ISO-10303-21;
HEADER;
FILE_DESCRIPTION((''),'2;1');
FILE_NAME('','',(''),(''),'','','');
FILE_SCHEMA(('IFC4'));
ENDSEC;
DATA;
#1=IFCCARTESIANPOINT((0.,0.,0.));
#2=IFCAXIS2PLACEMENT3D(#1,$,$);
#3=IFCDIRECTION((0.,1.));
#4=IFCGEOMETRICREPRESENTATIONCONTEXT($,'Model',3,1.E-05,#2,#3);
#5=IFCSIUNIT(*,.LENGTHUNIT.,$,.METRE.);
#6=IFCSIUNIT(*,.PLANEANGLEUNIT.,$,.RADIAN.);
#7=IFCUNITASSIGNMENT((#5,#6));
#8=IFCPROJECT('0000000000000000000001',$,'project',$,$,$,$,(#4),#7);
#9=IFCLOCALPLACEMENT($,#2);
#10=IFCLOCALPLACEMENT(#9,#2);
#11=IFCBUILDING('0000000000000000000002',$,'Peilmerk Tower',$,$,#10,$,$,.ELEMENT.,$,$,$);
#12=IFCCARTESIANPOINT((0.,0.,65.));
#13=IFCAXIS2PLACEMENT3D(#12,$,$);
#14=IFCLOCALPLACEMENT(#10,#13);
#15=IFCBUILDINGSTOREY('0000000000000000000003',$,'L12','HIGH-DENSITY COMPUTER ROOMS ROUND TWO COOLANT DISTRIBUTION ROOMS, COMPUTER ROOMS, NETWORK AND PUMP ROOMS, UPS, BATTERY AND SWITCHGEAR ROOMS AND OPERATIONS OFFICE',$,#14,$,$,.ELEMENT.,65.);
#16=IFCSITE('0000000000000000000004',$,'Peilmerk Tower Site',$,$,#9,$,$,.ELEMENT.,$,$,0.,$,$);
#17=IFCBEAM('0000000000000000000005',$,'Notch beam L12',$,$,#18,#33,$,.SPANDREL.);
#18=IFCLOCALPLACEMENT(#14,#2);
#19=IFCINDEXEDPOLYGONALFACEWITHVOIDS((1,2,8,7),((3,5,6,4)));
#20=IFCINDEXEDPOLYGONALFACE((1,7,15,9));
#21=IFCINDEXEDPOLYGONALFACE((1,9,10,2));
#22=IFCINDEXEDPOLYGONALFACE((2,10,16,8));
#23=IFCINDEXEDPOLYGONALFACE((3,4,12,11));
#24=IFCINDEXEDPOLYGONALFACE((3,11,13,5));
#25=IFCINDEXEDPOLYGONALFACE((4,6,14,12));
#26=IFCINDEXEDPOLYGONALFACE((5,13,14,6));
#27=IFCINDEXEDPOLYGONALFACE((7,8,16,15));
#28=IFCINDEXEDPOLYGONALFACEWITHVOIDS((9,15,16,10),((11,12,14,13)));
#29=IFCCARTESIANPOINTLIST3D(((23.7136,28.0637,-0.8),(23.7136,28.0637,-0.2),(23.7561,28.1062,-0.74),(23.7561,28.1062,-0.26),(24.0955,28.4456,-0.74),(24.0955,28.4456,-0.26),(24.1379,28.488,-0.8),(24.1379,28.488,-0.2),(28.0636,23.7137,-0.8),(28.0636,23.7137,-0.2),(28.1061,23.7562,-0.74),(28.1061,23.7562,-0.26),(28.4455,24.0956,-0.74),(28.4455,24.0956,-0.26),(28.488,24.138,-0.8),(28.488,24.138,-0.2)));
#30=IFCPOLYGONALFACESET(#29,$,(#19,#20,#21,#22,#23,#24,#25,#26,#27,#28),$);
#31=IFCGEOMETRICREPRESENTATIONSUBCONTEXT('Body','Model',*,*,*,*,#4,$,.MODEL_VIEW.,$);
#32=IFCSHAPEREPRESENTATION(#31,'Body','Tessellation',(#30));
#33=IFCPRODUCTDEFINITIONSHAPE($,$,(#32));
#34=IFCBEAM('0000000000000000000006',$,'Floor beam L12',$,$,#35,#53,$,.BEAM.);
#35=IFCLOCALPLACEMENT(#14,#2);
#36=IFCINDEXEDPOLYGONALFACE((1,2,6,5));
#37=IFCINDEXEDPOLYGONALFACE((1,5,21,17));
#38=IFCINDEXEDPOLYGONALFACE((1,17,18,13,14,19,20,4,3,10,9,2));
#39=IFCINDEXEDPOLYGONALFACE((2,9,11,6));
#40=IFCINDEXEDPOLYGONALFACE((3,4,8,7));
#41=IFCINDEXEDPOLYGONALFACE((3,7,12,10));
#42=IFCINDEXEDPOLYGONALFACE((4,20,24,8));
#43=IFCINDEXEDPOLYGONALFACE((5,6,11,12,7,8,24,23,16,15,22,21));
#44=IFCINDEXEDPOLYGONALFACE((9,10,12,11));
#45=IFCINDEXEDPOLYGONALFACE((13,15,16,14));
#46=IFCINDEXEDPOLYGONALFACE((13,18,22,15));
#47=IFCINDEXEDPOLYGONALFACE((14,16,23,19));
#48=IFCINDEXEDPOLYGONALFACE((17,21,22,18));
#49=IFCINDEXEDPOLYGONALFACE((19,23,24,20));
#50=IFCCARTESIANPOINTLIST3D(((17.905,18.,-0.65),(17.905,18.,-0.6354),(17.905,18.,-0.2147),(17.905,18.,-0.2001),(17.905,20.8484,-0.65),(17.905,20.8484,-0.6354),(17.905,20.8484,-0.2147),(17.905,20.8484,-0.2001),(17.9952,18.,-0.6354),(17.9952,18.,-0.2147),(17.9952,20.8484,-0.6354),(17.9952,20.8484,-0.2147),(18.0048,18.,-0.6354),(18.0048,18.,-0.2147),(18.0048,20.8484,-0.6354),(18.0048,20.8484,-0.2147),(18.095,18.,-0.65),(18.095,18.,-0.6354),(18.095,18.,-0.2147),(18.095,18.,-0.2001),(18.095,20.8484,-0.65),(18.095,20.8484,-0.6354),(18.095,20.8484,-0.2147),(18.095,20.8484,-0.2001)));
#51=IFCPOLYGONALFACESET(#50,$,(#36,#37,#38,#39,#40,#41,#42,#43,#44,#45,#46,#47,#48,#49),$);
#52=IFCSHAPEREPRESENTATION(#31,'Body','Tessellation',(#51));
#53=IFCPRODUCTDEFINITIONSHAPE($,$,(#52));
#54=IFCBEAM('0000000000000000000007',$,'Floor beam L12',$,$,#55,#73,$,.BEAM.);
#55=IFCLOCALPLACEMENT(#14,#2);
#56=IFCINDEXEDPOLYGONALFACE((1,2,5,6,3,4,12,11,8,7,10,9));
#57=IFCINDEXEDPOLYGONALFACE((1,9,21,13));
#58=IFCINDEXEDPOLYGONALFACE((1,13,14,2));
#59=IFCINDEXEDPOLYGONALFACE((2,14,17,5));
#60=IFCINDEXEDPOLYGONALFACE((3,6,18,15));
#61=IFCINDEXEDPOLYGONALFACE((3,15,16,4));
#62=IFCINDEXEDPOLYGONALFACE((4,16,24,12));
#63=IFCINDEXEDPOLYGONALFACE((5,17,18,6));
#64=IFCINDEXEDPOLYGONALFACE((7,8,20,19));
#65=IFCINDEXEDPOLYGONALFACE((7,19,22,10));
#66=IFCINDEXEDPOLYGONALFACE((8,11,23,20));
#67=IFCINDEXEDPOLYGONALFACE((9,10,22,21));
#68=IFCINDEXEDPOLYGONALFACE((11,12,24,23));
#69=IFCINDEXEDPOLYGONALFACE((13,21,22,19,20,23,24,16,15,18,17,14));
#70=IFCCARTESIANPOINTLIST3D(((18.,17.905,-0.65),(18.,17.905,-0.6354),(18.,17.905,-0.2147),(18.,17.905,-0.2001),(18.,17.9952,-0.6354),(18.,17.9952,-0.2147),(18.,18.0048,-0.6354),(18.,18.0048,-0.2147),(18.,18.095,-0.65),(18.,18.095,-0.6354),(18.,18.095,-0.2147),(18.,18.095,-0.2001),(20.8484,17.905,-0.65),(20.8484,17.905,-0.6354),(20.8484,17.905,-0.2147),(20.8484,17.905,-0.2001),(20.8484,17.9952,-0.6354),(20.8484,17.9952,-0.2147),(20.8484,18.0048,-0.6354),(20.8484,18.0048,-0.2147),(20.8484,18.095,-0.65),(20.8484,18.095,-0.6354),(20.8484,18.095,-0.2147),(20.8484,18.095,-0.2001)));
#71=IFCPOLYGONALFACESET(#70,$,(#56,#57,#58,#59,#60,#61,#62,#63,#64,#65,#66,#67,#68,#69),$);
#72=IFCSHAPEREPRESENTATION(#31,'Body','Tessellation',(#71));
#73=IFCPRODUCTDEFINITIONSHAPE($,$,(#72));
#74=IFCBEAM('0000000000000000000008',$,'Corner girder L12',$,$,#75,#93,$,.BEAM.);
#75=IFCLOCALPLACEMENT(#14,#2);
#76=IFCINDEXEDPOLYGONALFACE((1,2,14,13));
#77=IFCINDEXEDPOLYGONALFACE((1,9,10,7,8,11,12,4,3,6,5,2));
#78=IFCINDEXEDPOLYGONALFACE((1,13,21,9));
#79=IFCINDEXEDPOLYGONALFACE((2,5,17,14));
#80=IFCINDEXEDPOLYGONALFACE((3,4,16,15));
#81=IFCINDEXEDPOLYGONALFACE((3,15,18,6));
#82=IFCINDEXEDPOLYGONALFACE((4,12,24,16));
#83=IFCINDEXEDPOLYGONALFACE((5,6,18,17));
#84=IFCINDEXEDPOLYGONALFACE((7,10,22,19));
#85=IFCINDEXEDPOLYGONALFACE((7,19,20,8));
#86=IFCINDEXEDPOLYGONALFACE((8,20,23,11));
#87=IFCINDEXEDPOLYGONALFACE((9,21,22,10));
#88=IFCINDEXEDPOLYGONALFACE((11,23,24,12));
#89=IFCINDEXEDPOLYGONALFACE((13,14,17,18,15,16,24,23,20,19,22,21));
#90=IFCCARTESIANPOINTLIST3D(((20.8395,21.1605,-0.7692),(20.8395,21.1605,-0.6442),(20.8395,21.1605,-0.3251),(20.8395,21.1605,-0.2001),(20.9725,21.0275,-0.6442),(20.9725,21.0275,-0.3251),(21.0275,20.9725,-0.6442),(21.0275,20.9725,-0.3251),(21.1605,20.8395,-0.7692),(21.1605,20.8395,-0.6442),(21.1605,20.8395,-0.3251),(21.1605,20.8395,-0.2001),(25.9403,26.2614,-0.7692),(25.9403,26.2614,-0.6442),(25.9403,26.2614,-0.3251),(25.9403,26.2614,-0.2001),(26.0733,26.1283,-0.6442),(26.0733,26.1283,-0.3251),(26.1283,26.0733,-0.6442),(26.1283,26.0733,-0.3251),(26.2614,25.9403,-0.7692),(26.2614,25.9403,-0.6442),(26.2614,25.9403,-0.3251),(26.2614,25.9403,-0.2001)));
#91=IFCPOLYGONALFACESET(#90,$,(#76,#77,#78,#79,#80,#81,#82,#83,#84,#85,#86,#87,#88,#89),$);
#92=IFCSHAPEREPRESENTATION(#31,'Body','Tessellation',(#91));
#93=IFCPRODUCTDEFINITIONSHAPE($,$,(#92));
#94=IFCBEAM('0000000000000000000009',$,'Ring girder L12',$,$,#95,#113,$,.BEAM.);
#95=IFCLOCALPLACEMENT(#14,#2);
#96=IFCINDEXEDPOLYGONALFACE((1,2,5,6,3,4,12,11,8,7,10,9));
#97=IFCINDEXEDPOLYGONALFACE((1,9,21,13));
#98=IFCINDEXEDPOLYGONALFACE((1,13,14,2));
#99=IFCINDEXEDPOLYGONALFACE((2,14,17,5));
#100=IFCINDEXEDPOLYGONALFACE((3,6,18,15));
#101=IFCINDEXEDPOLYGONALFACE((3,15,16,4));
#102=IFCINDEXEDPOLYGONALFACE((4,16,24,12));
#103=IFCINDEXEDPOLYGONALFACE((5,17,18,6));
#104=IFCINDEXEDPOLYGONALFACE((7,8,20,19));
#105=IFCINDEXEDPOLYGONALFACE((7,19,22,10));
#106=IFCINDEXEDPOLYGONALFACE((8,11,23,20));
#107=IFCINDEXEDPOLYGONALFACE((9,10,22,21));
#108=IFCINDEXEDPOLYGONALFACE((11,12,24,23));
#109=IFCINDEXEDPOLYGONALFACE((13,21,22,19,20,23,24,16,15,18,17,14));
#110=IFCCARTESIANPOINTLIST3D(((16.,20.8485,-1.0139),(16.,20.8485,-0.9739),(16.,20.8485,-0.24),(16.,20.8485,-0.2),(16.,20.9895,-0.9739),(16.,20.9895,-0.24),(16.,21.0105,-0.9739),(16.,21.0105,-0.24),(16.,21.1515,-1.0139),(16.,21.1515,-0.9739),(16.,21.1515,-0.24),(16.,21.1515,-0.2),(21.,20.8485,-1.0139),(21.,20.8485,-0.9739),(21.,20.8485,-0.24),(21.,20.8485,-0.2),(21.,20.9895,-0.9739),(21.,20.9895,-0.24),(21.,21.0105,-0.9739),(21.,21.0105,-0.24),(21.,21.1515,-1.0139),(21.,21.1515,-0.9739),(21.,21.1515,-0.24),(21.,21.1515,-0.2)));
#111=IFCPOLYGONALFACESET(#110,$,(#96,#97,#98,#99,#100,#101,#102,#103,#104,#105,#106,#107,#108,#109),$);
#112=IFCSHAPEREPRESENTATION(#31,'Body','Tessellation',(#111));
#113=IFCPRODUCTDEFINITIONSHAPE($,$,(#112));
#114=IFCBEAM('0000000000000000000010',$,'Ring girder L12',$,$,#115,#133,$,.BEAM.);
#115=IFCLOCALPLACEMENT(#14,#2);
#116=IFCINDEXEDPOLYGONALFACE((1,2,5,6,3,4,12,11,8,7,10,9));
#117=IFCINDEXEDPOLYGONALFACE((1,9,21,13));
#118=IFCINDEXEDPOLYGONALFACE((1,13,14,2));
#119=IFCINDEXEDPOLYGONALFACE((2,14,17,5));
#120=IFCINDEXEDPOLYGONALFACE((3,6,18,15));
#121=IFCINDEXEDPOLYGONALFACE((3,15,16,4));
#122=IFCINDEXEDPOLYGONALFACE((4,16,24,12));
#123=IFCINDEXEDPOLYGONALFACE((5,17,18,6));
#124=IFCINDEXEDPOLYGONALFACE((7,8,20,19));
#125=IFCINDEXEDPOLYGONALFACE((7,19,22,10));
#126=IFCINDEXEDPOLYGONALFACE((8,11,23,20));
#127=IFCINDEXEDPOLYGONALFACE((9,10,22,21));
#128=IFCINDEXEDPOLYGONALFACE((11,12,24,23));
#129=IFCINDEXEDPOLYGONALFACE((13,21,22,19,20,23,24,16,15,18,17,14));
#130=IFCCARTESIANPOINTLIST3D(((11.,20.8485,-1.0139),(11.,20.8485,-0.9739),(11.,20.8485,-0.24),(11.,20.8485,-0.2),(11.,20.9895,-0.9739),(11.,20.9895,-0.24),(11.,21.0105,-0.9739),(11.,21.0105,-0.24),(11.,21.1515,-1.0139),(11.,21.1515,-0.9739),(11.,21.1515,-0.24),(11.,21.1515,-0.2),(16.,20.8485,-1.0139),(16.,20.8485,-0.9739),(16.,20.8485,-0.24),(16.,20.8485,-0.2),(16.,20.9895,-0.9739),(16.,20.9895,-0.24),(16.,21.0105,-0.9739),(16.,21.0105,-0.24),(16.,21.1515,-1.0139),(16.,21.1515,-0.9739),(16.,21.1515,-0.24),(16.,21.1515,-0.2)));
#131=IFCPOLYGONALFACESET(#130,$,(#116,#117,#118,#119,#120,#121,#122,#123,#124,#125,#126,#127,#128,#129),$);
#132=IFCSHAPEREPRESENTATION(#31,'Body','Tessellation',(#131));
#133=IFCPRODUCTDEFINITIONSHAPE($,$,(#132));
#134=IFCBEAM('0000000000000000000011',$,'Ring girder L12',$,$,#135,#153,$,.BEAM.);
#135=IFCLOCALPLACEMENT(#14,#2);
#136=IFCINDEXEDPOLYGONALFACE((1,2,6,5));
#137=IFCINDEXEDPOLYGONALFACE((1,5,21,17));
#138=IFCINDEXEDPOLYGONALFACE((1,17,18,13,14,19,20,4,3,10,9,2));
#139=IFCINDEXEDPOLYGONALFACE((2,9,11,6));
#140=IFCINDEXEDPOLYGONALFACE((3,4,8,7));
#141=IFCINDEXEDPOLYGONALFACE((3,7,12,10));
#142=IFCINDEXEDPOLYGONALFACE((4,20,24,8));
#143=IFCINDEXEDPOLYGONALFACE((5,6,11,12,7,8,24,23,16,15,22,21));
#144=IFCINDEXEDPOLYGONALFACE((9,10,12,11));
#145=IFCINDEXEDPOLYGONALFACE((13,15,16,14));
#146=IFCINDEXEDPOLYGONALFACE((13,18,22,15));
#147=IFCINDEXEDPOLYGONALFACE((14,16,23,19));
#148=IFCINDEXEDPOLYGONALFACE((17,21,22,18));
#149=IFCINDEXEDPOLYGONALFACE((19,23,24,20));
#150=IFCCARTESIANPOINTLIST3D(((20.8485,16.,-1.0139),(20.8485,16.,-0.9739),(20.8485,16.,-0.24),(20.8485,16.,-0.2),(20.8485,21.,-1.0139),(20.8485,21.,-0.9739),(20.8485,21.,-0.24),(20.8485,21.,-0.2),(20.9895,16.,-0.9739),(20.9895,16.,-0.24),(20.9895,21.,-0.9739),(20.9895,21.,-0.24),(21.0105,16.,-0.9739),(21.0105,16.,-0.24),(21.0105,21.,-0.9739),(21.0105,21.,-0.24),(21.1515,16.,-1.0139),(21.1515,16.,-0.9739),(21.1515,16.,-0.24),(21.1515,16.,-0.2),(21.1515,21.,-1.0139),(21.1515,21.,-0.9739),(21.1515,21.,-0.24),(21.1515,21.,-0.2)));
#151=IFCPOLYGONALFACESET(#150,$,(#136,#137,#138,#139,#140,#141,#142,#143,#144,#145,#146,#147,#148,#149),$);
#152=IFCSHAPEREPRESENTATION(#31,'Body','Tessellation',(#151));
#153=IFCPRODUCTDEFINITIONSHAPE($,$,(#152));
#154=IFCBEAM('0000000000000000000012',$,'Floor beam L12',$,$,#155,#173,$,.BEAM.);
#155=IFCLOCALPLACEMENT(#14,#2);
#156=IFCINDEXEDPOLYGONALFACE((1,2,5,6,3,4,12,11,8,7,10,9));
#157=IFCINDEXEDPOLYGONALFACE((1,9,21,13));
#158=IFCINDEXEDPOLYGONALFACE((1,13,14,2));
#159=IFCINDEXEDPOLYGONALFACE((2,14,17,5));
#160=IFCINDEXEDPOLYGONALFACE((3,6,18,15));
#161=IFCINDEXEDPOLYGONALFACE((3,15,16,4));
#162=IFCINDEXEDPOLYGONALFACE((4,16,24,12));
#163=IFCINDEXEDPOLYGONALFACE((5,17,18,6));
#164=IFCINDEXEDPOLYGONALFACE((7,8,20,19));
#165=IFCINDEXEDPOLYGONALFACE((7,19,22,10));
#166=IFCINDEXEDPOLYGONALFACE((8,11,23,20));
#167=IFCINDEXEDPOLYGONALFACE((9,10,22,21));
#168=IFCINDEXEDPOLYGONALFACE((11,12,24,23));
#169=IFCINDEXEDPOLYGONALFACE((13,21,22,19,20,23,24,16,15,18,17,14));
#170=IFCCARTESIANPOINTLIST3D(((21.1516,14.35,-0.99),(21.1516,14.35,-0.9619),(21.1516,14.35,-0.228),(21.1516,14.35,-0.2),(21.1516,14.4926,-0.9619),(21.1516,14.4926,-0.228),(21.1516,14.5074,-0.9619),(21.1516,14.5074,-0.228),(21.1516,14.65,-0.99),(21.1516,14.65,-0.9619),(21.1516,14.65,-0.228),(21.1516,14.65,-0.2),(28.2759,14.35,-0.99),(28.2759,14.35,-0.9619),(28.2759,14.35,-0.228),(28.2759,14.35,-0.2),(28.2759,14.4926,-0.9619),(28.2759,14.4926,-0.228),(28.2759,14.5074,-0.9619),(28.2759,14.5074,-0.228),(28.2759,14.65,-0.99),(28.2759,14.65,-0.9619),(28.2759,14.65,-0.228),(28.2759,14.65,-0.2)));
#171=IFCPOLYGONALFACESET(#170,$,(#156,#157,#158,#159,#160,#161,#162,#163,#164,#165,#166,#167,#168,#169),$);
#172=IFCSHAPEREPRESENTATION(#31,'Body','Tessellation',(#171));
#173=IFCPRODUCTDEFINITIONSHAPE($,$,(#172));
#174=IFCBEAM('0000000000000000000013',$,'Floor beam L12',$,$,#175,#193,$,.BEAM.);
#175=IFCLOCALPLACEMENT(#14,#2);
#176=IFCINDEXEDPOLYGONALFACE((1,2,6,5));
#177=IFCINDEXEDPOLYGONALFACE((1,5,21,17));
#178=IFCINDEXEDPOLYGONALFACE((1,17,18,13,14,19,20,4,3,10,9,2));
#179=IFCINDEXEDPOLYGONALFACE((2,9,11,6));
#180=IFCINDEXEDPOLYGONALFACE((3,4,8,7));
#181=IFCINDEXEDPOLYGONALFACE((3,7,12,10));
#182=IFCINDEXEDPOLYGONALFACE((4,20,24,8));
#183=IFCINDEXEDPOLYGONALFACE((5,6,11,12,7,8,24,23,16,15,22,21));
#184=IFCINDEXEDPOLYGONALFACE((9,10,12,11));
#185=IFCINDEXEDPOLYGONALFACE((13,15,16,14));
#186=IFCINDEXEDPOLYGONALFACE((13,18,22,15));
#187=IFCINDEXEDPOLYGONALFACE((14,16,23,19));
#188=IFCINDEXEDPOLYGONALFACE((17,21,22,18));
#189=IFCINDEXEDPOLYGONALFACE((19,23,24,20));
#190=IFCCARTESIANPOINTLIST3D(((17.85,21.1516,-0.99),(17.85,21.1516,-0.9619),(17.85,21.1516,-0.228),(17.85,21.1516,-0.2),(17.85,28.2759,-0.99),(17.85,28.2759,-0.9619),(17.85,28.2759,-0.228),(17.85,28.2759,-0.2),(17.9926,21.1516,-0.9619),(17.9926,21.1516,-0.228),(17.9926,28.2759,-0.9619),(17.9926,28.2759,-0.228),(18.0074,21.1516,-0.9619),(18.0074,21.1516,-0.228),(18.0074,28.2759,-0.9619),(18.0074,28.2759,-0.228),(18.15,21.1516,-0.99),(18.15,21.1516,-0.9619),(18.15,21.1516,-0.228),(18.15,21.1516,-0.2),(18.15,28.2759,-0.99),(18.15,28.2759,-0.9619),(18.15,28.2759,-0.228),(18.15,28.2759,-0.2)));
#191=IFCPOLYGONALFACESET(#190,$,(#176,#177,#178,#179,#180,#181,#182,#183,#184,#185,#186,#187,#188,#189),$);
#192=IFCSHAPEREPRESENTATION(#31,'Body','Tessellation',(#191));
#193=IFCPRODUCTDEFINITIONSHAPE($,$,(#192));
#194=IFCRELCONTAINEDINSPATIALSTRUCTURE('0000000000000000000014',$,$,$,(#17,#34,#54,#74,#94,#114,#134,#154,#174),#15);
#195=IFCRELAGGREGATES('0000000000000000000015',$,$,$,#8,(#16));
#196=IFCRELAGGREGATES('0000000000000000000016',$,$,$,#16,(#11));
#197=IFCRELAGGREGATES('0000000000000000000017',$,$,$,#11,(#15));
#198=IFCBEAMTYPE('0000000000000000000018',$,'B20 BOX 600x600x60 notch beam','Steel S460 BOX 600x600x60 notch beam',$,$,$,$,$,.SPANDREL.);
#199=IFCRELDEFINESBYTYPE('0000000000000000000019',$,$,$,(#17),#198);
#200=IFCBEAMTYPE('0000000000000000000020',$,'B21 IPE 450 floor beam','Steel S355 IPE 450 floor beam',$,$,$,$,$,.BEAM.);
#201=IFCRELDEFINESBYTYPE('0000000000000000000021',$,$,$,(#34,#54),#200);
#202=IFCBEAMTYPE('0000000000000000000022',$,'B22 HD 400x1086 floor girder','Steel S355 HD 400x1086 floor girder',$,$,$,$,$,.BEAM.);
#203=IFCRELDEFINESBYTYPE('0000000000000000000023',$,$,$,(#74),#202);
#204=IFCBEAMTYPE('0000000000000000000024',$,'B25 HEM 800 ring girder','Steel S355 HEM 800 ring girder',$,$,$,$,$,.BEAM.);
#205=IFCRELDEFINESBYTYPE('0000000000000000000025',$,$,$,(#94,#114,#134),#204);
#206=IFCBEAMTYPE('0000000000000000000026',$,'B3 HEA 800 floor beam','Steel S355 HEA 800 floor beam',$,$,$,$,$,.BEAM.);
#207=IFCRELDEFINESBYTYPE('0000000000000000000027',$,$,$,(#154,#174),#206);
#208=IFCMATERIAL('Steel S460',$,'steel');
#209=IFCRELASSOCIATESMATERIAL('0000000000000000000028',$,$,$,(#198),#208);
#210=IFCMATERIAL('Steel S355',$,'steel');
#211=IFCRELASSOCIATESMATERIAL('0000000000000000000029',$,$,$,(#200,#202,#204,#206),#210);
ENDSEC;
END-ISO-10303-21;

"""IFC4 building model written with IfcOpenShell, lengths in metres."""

from ifc_helpers import new_model, si_unit, direction, frame, origin, origin_2d, place, context, subcontext, project, spatial, hollow_rectangle, i_section, extrude, material, material_profile, profile_set, type_object, element, save


model = new_model("IFC4")

# Units and contexts
model_context = context("Model", 3, precision=1e-05, world=origin(), true_north=direction((0.0, 1.0)))
body_context = subcontext(model_context, "Body", "Model", "MODEL_VIEW")
ifc_project = project(units=[si_unit("LENGTHUNIT", "METRE"), si_unit("PLANEANGLEUNIT", "RADIAN")], contexts=[model_context])

# Site, building, storey
site_placement = place(None, origin())
site = spatial("IfcSite", under=ifc_project, at=site_placement, Name="Peilmerk Tower Site", CompositionType="ELEMENT", RefElevation=0.0)
building_placement = place(site_placement, origin())
building = spatial("IfcBuilding", under=site, at=building_placement, Name="Peilmerk Tower", CompositionType="ELEMENT")
storey_placement = place(building_placement, frame((0.0, 0.0, 65.0)))
storey = spatial("IfcBuildingStorey", under=building, at=storey_placement, Name="L12", Description="HIGH-DENSITY COMPUTER ROOMS ROUND TWO COOLANT DISTRIBUTION ROOMS, COMPUTER ROOMS, NETWORK AND PUMP ROOMS, UPS, BATTERY AND SWITCHGEAR ROOMS AND OPERATIONS OFFICE", CompositionType="ELEMENT", Elevation=65.0)

# Beams
ifc_material_1 = material(Name="Steel S355", Category="steel")
ifc_material_2 = material(Name="Steel S460", Category="steel")
ifc_material_profile_1 = material_profile(ifc_material_2, hollow_rectangle(XDim=0.6001, YDim=0.6001, WallThickness=0.0601, at=origin_2d()), Name="BOX 600x600x60")
ifc_profile_set_1 = profile_set([ifc_material_profile_1], Name="Steel S460")
beam_type_1 = type_object("IfcBeamType", Name="B20 BOX 600x600x60 notch beam", Description="Steel S460 BOX 600x600x60 notch beam", PredefinedType="SPANDREL", material=ifc_profile_set_1)
beam_1_placement = place(storey_placement, frame((23.9258, 28.2759, -0.5), z_axis=(0.707107, -0.707107, 0.0), x_axis=(0.707107, 0.707107, 0.0)))
element("IfcBeam", 1, at=beam_1_placement, inside=storey, type_object=beam_type_1, Name="Notch beam L12", PredefinedType="SPANDREL", context=body_context, shape_type="SweptSolid", body=[
    extrude(hollow_rectangle(XDim=0.6001, YDim=0.6001, WallThickness=0.0601, at=origin_2d()), origin(), (0.0, 0.0, 1.0), 6.1519),
])
ifc_material_profile_2 = material_profile(ifc_material_1, i_section(OverallWidth=0.1899, OverallDepth=0.45, WebThickness=0.0095, FlangeThickness=0.0146, at=origin_2d()), Name="IPE 450")
ifc_profile_set_2 = profile_set([ifc_material_profile_2], Name="Steel S355")
beam_type_2 = type_object("IfcBeamType", Name="B21 IPE 450 floor beam", Description="Steel S355 IPE 450 floor beam", PredefinedType="BEAM", material=ifc_profile_set_2)
for number, where, z_axis, x_axis, name in (
    (2, (18.0, 18.0, -0.425), (0.0, 1.0, 0.0), (-1.0, 0.0, 0.0), "Floor beam L12"),
    (3, (18.0, 18.0, -0.425), (1.0, 0.0, 0.0), (0.0, 1.0, 0.0), "Floor beam L12"),
):
    element("IfcBeam", number, at=place(storey_placement, frame(where, z_axis=z_axis, x_axis=x_axis)), inside=storey, type_object=beam_type_2, Name=name, PredefinedType="BEAM", context=body_context, shape_type="SweptSolid", body=[
        extrude(i_section(OverallWidth=0.1899, OverallDepth=0.45, WebThickness=0.0095, FlangeThickness=0.0146, at=origin_2d()), origin(), (0.0, 0.0, 1.0), 2.8484),
    ])
ifc_material_profile_3 = material_profile(ifc_material_1, i_section(OverallWidth=0.4541, OverallDepth=0.5691, WebThickness=0.0779, FlangeThickness=0.125, at=origin_2d()), Name="HD 400x1086")
ifc_profile_set_3 = profile_set([ifc_material_profile_3], Name="Steel S355")
beam_type_3 = type_object("IfcBeamType", Name="B22 HD 400x1086 floor girder", Description="Steel S355 HD 400x1086 floor girder", PredefinedType="BEAM", material=ifc_profile_set_3)
beam_2_placement = place(storey_placement, frame((21.0, 21.0, -0.4846), z_axis=(0.707107, 0.707107, 0.0), x_axis=(-0.707107, 0.707107, 0.0)))
element("IfcBeam", 4, at=beam_2_placement, inside=storey, type_object=beam_type_3, Name="Corner girder L12", PredefinedType="BEAM", context=body_context, shape_type="SweptSolid", body=[
    extrude(i_section(OverallWidth=0.4541, OverallDepth=0.5691, WebThickness=0.0779, FlangeThickness=0.125, at=origin_2d()), origin(), (0.0, 0.0, 1.0), 7.2136),
])
ifc_material_profile_4 = material_profile(ifc_material_1, i_section(OverallWidth=0.303, OverallDepth=0.814, WebThickness=0.021, FlangeThickness=0.04, at=origin_2d()), Name="HEM 800")
ifc_profile_set_4 = profile_set([ifc_material_profile_4], Name="Steel S355")
beam_type_4 = type_object("IfcBeamType", Name="B25 HEM 800 ring girder", Description="Steel S355 HEM 800 ring girder", PredefinedType="BEAM", material=ifc_profile_set_4)
for number, where, z_axis, x_axis, name in (
    (5, (21.0, 21.0, -0.6069), (-1.0, 0.0, 0.0), (0.0, -1.0, 0.0), "Ring girder L12"),
    (6, (16.0, 21.0, -0.6069), (-1.0, 0.0, 0.0), (0.0, -1.0, 0.0), "Ring girder L12"),
    (7, (21.0, 16.0, -0.6069), (0.0, 1.0, 0.0), (-1.0, 0.0, 0.0), "Ring girder L12"),
):
    element("IfcBeam", number, at=place(storey_placement, frame(where, z_axis=z_axis, x_axis=x_axis)), inside=storey, type_object=beam_type_4, Name=name, PredefinedType="BEAM", context=body_context, shape_type="SweptSolid", body=[
        extrude(i_section(OverallWidth=0.303, OverallDepth=0.814, WebThickness=0.021, FlangeThickness=0.04, at=origin_2d()), origin(), (0.0, 0.0, 1.0), 5.0),
    ])
ifc_material_profile_5 = material_profile(ifc_material_1, i_section(OverallWidth=0.3, OverallDepth=0.79, WebThickness=0.0149, FlangeThickness=0.0281, at=origin_2d()), Name="HEA 800")
ifc_profile_set_5 = profile_set([ifc_material_profile_5], Name="Steel S355")
beam_type_5 = type_object("IfcBeamType", Name="B3 HEA 800 floor beam", Description="Steel S355 HEA 800 floor beam", PredefinedType="BEAM", material=ifc_profile_set_5)
for number, where, z_axis, x_axis, name in (
    (8, (21.1516, 14.5, -0.595), (1.0, 0.0, 0.0), (0.0, 1.0, 0.0), "Floor beam L12"),
    (9, (18.0, 21.1516, -0.595), (0.0, 1.0, 0.0), (-1.0, 0.0, 0.0), "Floor beam L12"),
):
    element("IfcBeam", number, at=place(storey_placement, frame(where, z_axis=z_axis, x_axis=x_axis)), inside=storey, type_object=beam_type_5, Name=name, PredefinedType="BEAM", context=body_context, shape_type="SweptSolid", body=[
        extrude(i_section(OverallWidth=0.3, OverallDepth=0.79, WebThickness=0.0149, FlangeThickness=0.0281, at=origin_2d()), origin(), (0.0, 0.0, 1.0), 7.1243),
    ])

save(model, "model.ifc")
